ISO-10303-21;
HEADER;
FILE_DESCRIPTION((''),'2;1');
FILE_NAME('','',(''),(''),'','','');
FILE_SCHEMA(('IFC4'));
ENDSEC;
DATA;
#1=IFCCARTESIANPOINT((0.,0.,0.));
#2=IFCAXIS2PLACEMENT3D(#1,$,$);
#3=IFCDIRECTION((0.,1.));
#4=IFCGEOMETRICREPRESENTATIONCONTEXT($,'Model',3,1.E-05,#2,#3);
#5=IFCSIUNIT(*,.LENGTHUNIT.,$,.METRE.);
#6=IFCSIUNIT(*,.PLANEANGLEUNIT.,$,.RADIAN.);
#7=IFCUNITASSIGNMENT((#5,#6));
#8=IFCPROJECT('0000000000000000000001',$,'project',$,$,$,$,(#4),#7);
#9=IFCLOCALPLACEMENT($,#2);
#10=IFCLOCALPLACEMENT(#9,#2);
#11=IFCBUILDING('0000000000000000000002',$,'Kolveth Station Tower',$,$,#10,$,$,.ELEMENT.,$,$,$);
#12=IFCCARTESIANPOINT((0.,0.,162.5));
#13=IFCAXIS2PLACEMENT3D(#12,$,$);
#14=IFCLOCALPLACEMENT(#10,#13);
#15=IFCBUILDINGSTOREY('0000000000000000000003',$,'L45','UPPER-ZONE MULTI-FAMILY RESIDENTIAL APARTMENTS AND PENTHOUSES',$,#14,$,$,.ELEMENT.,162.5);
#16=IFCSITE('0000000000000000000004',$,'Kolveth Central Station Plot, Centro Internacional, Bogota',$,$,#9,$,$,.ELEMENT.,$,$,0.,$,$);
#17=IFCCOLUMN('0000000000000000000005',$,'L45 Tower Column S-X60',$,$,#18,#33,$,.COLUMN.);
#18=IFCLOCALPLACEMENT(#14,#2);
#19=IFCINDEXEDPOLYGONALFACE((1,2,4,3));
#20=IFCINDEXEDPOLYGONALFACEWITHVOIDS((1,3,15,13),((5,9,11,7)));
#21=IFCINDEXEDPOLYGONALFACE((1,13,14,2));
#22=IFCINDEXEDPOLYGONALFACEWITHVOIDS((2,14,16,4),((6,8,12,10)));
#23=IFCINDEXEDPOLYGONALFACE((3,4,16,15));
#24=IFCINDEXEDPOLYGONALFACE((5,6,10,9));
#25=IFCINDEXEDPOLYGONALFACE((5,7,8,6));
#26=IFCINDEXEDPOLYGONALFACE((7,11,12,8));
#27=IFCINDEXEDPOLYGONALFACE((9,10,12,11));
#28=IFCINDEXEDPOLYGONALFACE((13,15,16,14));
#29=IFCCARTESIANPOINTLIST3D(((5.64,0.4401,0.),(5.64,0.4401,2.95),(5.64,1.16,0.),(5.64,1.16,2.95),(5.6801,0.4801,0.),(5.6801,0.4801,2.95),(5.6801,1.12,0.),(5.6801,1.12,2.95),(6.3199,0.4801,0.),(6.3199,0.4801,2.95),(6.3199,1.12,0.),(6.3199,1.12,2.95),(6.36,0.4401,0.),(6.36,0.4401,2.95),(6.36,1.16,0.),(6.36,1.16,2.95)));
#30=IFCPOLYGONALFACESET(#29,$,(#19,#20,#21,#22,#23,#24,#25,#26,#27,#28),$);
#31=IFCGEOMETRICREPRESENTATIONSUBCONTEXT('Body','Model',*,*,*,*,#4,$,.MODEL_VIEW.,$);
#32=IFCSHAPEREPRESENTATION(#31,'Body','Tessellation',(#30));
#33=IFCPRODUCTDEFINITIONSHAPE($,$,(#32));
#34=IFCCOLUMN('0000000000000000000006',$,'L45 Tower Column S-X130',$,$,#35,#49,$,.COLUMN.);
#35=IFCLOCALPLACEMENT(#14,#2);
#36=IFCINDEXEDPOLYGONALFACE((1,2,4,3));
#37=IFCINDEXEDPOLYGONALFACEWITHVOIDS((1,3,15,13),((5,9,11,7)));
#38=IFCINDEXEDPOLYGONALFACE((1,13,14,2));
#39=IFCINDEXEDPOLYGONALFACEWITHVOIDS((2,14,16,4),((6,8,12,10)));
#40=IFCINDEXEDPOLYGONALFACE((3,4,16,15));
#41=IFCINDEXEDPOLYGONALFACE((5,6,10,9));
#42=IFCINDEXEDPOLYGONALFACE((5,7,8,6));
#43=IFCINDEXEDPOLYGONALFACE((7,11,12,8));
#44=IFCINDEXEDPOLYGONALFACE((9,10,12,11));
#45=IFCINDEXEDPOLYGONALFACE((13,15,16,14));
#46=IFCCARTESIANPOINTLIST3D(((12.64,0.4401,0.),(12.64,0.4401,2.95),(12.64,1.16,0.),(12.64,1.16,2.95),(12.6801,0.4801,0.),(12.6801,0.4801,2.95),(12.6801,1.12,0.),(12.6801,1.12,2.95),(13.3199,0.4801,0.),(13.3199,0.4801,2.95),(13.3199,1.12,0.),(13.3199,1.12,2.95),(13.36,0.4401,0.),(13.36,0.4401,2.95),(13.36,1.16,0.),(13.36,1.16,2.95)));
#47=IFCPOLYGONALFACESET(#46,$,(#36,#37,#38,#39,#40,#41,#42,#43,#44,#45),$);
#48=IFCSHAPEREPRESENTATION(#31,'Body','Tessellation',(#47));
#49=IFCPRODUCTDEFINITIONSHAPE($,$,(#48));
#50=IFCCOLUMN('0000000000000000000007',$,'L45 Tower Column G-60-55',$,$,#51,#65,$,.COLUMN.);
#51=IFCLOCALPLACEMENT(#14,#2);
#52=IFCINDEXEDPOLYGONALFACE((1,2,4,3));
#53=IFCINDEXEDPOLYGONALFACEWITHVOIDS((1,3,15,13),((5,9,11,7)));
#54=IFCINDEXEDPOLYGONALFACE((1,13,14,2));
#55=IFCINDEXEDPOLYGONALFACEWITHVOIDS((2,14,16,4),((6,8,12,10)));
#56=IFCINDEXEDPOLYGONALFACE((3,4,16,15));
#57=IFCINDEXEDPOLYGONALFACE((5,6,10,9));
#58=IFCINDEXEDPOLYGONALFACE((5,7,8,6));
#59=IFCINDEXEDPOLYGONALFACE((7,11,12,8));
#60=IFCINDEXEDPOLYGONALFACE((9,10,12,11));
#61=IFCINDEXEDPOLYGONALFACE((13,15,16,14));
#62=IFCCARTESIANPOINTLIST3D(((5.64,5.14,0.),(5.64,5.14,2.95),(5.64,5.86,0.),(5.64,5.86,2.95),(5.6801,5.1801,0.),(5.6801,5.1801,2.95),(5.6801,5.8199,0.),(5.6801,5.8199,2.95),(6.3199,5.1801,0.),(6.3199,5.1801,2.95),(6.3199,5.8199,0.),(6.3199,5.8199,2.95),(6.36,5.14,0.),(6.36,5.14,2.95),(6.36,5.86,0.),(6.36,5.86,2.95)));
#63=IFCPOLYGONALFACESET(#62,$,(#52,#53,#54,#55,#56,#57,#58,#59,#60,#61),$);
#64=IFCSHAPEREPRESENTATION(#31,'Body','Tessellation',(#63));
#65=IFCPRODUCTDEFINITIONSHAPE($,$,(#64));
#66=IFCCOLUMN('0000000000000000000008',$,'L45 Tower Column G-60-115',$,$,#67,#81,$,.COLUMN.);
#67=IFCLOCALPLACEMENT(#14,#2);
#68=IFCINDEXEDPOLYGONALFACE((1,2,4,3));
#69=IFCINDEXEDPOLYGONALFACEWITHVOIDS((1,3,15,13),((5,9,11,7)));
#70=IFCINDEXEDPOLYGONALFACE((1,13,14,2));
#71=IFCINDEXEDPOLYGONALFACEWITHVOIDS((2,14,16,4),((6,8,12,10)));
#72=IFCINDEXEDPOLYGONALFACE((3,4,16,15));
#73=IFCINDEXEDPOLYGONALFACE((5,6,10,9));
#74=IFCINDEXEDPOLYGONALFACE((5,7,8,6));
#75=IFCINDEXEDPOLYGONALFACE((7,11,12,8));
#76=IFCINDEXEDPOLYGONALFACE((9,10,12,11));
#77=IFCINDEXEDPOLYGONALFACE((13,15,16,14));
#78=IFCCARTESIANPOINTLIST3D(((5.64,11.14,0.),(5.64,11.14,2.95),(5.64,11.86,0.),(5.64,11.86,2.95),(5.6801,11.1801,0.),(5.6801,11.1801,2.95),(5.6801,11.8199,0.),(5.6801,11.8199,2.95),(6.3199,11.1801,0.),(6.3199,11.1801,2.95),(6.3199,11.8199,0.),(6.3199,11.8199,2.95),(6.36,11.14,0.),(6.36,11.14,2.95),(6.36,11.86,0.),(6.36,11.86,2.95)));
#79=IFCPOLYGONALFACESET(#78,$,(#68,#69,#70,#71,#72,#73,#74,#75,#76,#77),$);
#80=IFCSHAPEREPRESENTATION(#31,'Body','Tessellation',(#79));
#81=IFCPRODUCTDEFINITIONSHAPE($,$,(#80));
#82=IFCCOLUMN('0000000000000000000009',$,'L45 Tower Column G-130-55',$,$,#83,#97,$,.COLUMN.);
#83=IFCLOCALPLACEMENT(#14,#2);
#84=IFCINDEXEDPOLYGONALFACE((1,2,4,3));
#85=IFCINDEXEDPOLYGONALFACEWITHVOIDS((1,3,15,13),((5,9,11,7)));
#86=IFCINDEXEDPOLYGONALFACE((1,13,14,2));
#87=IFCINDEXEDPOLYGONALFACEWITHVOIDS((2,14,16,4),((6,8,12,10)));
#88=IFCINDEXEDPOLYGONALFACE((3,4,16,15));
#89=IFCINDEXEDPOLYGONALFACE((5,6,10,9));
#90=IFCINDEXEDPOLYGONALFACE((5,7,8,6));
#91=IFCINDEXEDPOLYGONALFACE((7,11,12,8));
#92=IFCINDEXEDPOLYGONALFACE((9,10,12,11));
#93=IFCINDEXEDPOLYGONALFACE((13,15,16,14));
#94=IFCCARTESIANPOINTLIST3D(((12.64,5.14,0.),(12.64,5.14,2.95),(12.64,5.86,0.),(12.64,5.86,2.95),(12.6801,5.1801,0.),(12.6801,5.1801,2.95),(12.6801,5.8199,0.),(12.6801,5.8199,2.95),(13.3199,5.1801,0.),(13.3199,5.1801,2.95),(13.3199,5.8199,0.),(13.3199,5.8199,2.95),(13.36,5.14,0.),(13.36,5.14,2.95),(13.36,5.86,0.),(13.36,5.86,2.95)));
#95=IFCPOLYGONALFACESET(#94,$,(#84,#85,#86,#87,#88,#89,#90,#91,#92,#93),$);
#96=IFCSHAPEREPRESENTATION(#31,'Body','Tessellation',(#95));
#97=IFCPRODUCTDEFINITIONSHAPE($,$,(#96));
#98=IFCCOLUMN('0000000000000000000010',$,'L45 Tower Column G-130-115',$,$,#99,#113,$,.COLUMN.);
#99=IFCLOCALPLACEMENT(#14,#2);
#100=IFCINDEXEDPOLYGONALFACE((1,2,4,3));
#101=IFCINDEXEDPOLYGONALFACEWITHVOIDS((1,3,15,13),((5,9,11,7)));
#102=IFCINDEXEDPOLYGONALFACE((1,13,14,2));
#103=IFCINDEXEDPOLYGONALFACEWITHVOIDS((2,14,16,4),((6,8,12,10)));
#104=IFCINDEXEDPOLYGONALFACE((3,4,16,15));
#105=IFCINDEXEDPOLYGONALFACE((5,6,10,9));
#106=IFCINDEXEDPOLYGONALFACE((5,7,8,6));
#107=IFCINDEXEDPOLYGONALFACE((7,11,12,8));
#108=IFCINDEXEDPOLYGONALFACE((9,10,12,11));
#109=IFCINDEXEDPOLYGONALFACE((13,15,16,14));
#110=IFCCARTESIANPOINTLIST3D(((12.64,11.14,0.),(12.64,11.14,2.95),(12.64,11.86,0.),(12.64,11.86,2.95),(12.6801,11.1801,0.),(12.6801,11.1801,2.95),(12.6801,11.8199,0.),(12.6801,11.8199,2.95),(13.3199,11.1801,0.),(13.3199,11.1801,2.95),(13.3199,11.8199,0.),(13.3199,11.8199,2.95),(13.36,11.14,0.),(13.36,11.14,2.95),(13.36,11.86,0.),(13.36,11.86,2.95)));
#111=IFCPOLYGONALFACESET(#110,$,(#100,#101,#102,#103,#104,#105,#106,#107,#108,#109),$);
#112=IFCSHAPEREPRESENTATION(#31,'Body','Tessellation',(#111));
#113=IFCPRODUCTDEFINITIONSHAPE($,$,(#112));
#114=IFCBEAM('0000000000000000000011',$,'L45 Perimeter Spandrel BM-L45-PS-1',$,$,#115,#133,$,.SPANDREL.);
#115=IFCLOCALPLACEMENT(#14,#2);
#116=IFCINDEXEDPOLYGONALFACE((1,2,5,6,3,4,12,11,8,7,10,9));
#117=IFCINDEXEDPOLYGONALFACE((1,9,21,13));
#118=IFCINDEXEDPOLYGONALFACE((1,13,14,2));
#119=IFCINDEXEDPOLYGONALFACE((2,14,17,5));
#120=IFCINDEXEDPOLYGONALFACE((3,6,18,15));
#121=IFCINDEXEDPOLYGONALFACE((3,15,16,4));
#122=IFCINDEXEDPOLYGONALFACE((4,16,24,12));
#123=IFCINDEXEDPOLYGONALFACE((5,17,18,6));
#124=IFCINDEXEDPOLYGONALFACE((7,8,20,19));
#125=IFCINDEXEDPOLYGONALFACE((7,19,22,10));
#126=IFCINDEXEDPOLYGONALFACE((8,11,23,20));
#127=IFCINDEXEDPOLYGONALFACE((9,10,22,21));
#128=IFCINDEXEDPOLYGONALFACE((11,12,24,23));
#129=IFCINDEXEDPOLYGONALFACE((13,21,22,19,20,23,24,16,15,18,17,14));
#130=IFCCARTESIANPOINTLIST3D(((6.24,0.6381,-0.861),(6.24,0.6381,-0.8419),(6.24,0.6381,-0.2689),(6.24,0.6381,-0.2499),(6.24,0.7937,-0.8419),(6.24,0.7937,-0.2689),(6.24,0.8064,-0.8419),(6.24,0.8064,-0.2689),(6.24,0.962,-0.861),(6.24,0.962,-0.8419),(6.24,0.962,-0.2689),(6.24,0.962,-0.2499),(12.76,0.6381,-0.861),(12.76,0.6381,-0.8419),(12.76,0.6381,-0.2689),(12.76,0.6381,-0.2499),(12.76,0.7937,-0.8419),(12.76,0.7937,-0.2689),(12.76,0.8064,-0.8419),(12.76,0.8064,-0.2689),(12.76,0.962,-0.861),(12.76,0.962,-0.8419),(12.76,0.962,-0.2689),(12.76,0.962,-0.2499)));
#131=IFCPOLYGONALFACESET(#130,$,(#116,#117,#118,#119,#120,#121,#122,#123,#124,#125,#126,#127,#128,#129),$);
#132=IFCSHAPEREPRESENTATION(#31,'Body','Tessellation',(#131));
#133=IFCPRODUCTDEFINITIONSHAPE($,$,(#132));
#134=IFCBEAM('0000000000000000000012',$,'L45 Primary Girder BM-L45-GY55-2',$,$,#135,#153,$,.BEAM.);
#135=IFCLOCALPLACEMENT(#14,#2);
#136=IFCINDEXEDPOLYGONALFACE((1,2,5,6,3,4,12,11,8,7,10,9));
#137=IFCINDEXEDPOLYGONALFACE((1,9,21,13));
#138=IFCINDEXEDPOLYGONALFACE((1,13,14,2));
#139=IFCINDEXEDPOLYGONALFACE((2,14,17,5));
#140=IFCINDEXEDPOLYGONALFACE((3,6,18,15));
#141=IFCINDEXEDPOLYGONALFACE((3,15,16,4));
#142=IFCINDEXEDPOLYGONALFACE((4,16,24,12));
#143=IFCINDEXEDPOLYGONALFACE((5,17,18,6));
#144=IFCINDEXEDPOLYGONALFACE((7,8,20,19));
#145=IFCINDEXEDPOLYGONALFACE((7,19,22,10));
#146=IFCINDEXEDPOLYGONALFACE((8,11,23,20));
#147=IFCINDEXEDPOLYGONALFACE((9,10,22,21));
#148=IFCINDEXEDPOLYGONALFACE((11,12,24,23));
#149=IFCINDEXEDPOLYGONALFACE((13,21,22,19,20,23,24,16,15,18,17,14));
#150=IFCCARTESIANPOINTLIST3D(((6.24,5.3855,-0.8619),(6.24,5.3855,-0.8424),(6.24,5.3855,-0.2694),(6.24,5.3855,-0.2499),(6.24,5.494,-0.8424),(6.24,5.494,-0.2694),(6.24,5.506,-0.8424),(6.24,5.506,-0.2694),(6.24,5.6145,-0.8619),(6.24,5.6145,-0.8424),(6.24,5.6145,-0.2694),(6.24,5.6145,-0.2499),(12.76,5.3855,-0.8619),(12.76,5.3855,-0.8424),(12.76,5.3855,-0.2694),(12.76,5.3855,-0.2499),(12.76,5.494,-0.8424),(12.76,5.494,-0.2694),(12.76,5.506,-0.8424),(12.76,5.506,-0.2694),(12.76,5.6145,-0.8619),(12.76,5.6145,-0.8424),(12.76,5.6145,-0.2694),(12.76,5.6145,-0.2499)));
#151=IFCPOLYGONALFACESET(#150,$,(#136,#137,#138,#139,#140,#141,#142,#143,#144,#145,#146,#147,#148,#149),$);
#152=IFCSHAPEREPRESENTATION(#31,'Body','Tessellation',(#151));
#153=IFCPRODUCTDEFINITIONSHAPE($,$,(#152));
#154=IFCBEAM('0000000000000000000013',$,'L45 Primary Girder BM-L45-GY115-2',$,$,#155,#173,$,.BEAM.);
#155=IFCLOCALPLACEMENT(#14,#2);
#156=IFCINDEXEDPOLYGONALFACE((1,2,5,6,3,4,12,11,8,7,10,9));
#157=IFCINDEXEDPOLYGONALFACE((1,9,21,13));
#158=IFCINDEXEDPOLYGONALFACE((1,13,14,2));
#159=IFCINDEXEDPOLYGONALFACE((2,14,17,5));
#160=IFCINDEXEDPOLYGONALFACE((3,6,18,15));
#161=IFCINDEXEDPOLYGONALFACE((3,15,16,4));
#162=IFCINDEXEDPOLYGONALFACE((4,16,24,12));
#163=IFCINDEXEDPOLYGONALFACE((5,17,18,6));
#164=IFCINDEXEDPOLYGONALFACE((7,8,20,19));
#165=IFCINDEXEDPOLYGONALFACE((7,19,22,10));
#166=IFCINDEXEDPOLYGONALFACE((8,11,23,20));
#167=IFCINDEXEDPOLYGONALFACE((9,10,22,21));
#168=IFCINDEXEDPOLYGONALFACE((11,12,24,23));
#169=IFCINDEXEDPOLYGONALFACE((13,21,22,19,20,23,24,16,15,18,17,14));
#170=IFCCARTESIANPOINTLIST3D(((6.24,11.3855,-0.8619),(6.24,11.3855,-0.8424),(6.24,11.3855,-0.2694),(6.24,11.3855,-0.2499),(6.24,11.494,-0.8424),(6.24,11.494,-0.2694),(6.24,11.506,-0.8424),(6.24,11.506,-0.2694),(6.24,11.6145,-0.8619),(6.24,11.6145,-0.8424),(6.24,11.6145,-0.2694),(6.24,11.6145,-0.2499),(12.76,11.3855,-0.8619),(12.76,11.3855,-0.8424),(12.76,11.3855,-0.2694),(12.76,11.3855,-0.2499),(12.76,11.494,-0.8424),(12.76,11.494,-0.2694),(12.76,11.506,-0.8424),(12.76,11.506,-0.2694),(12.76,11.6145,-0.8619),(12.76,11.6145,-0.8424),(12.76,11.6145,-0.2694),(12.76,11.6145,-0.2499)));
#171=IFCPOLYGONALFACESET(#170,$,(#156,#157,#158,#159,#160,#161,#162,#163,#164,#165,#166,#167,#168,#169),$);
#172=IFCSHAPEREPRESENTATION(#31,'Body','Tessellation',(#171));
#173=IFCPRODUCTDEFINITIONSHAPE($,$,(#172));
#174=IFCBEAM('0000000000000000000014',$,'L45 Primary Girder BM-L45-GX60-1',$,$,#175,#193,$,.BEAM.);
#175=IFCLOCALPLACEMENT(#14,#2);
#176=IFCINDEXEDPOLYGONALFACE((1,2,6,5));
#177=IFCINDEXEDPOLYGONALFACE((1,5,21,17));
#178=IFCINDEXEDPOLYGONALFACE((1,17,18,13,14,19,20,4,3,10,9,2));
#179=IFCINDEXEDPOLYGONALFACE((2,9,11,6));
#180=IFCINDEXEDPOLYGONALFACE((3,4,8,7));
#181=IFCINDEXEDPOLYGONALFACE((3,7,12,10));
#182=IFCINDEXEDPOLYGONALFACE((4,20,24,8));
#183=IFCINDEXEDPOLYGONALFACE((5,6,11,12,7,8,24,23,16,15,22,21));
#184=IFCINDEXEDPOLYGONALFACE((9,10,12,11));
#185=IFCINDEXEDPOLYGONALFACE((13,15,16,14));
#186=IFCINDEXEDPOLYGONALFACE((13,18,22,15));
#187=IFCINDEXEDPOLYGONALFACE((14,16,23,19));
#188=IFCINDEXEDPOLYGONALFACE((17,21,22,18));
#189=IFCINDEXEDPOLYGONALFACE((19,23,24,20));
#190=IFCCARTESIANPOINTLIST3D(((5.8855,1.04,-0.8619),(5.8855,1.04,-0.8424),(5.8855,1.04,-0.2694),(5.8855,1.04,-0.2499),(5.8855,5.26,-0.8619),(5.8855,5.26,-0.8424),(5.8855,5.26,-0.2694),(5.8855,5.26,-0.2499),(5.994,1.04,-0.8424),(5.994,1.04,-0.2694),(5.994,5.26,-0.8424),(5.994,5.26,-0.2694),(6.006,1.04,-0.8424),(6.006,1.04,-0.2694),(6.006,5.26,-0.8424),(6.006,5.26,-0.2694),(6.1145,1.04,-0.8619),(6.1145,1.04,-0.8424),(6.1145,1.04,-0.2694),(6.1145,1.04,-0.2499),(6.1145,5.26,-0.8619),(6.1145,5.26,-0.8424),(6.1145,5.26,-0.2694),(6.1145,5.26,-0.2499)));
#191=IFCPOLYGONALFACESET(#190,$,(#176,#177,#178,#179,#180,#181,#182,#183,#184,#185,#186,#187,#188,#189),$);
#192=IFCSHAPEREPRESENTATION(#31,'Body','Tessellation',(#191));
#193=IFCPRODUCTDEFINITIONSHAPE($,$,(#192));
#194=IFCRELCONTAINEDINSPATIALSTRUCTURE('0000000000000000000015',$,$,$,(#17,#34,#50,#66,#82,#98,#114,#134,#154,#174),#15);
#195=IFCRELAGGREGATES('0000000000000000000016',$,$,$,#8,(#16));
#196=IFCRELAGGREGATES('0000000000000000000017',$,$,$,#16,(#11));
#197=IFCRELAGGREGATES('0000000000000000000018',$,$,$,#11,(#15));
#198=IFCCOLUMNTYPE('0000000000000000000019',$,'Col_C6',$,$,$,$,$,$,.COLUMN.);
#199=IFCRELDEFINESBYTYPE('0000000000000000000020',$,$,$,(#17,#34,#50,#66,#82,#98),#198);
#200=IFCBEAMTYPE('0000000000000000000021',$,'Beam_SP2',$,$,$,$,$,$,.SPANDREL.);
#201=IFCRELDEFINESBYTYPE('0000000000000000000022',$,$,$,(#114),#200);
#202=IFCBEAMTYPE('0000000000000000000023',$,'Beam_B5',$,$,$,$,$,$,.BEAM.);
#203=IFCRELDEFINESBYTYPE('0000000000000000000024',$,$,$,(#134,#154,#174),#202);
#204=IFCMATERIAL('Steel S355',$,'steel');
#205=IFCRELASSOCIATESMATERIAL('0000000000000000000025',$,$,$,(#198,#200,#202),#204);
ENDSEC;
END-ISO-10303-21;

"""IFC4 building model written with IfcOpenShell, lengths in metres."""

from ifc_helpers import new_model, si_unit, direction, frame, origin, origin_2d, place, context, subcontext, project, spatial, hollow_rectangle, i_section, extrude, source, transform, mapped, material, material_profile, profile_set, type_object, element, save


model = new_model("IFC4")

# Units and contexts
model_context = context("Model", 3, precision=1e-05, world=origin(), true_north=direction((0.0, 1.0)))
body_context = subcontext(model_context, "Body", "Model", "MODEL_VIEW")
ifc_project = project(units=[si_unit("LENGTHUNIT", "METRE"), si_unit("PLANEANGLEUNIT", "RADIAN")], contexts=[model_context])

# Site, building, storey
site_placement = place(None, origin())
site = spatial("IfcSite", under=ifc_project, at=site_placement, Name="Kolveth Central Station Plot, Centro Internacional, Bogota", CompositionType="ELEMENT", RefElevation=0.0)
building_placement = place(site_placement, origin())
building = spatial("IfcBuilding", under=site, at=building_placement, Name="Kolveth Station Tower", CompositionType="ELEMENT")
storey_placement = place(building_placement, frame((0.0, 0.0, 162.5)))
storey = spatial("IfcBuildingStorey", under=building, at=storey_placement, Name="L45", Description="UPPER-ZONE MULTI-FAMILY RESIDENTIAL APARTMENTS AND PENTHOUSES", CompositionType="ELEMENT", Elevation=162.5)

# Columns
ifc_material_1 = material(Name="Steel S355", Category="steel")
ifc_material_profile_1 = material_profile(ifc_material_1, hollow_rectangle(XDim=0.72, YDim=0.72, WallThickness=0.04, at=origin_2d()), Name="BOX720x720x40")
ifc_profile_set_1 = profile_set([ifc_material_profile_1], Name="Steel S355")
column_type = type_object("IfcColumnType", Name="Col_C6", PredefinedType="COLUMN", material=ifc_profile_set_1)
shared_shape_1 = source(origin(), body_context, "Body", "SweptSolid", [
    extrude(hollow_rectangle(XDim=0.72, YDim=0.72, WallThickness=0.04, at=origin_2d()), origin(), (0.0, 0.0, 1.0), 2.95),
])
for number, where, z_axis, x_axis, name in (
    (1, (6.0, 0.8, 0.0), (0.0, 0.0, 1.0), (1.0, 0.0, 0.0), "L45 Tower Column S-X60"),
    (2, (13.0, 0.8, 0.0), (0.0, 0.0, 1.0), (1.0, 0.0, 0.0), "L45 Tower Column S-X130"),
    (3, (6.0, 5.5, 0.0), (0.0, 0.0, 1.0), (1.0, 0.0, 0.0), "L45 Tower Column G-60-55"),
    (4, (6.0, 11.5, 0.0), (0.0, 0.0, 1.0), (1.0, 0.0, 0.0), "L45 Tower Column G-60-115"),
    (5, (13.0, 5.5, 0.0), (0.0, 0.0, 1.0), (1.0, 0.0, 0.0), "L45 Tower Column G-130-55"),
    (6, (13.0, 11.5, 0.0), (0.0, 0.0, 1.0), (1.0, 0.0, 0.0), "L45 Tower Column G-130-115"),
):
    element("IfcColumn", number, at=place(storey_placement, frame(where, z_axis=z_axis, x_axis=x_axis)), inside=storey, type_object=column_type, Name=name, PredefinedType="COLUMN", context=body_context, shape_type="MappedRepresentation", body=[
        mapped(shared_shape_1, transform((0.0, 0.0, 0.0), x_axis=(1.0, 0.0, 0.0), y_axis=(0.0, 1.0, 0.0), z_axis=(0.0, 0.0, 1.0), scale=1.0)),
    ])

# Beams
ifc_material_profile_2 = material_profile(ifc_material_1, i_section(OverallWidth=0.324, OverallDepth=0.6111, WebThickness=0.0127, FlangeThickness=0.019, at=origin_2d()), Name="W610x155")
ifc_profile_set_2 = profile_set([ifc_material_profile_2], Name="Steel S355")
beam_type_1 = type_object("IfcBeamType", Name="Beam_SP2", PredefinedType="SPANDREL", material=ifc_profile_set_2)
shared_shape_2 = source(origin(), body_context, "Body", "SweptSolid", [
    extrude(i_section(OverallWidth=0.324, OverallDepth=0.6111, WebThickness=0.0127, FlangeThickness=0.019, at=origin_2d()), origin(), (0.0, 0.0, 1.0), 6.52),
])
beam_placement = place(storey_placement, frame((6.24, 0.8, -0.5554), z_axis=(1.0, 0.0, 0.0), x_axis=(0.0, 1.0, 0.0)))
element("IfcBeam", 7, at=beam_placement, inside=storey, type_object=beam_type_1, Name="L45 Perimeter Spandrel BM-L45-PS-1", PredefinedType="SPANDREL", context=body_context, shape_type="MappedRepresentation", body=[
    mapped(shared_shape_2, transform((0.0, 0.0, 0.0), x_axis=(1.0, 0.0, 0.0), y_axis=(0.0, 1.0, 0.0), z_axis=(0.0, 0.0, 1.0), scale=1.0)),
])
ifc_material_profile_3 = material_profile(ifc_material_1, i_section(OverallWidth=0.229, OverallDepth=0.6121, WebThickness=0.012, FlangeThickness=0.0195, at=origin_2d()), Name="W610x125")
ifc_profile_set_3 = profile_set([ifc_material_profile_3], Name="Steel S355")
beam_type_2 = type_object("IfcBeamType", Name="Beam_B5", PredefinedType="BEAM", material=ifc_profile_set_3)
shared_shape_3 = source(origin(), body_context, "Body", "SweptSolid", [
    extrude(i_section(OverallWidth=0.229, OverallDepth=0.6121, WebThickness=0.012, FlangeThickness=0.0195, at=origin_2d()), origin(), (0.0, 0.0, 1.0), 6.52),
])
for number, where, z_axis, x_axis, name in (
    (8, (6.24, 5.5, -0.5559), (1.0, 0.0, 0.0), (0.0, 1.0, 0.0), "L45 Primary Girder BM-L45-GY55-2"),
    (9, (6.24, 11.5, -0.5559), (1.0, 0.0, 0.0), (0.0, 1.0, 0.0), "L45 Primary Girder BM-L45-GY115-2"),
):
    element("IfcBeam", number, at=place(storey_placement, frame(where, z_axis=z_axis, x_axis=x_axis)), inside=storey, type_object=beam_type_2, Name=name, PredefinedType="BEAM", context=body_context, shape_type="MappedRepresentation", body=[
        mapped(shared_shape_3, transform((0.0, 0.0, 0.0), x_axis=(1.0, 0.0, 0.0), y_axis=(0.0, 1.0, 0.0), z_axis=(0.0, 0.0, 1.0), scale=1.0)),
    ])
shared_shape_4 = source(origin(), body_context, "Body", "SweptSolid", [
    extrude(i_section(OverallWidth=0.229, OverallDepth=0.6121, WebThickness=0.012, FlangeThickness=0.0195, at=origin_2d()), origin(), (0.0, 0.0, 1.0), 4.22),
])
for number, where, z_axis, x_axis, name in (
    (10, (6.0, 1.04, -0.5559), (0.0, 1.0, 0.0), (-1.0, 0.0, 0.0), "L45 Primary Girder BM-L45-GX60-1"),
):
    element("IfcBeam", number, at=place(storey_placement, frame(where, z_axis=z_axis, x_axis=x_axis)), inside=storey, type_object=beam_type_2, Name=name, PredefinedType="BEAM", context=body_context, shape_type="MappedRepresentation", body=[
        mapped(shared_shape_4, transform((0.0, 0.0, 0.0), x_axis=(1.0, 0.0, 0.0), y_axis=(0.0, 1.0, 0.0), z_axis=(0.0, 0.0, 1.0), scale=1.0)),
    ])

save(model, "model.ifc")
